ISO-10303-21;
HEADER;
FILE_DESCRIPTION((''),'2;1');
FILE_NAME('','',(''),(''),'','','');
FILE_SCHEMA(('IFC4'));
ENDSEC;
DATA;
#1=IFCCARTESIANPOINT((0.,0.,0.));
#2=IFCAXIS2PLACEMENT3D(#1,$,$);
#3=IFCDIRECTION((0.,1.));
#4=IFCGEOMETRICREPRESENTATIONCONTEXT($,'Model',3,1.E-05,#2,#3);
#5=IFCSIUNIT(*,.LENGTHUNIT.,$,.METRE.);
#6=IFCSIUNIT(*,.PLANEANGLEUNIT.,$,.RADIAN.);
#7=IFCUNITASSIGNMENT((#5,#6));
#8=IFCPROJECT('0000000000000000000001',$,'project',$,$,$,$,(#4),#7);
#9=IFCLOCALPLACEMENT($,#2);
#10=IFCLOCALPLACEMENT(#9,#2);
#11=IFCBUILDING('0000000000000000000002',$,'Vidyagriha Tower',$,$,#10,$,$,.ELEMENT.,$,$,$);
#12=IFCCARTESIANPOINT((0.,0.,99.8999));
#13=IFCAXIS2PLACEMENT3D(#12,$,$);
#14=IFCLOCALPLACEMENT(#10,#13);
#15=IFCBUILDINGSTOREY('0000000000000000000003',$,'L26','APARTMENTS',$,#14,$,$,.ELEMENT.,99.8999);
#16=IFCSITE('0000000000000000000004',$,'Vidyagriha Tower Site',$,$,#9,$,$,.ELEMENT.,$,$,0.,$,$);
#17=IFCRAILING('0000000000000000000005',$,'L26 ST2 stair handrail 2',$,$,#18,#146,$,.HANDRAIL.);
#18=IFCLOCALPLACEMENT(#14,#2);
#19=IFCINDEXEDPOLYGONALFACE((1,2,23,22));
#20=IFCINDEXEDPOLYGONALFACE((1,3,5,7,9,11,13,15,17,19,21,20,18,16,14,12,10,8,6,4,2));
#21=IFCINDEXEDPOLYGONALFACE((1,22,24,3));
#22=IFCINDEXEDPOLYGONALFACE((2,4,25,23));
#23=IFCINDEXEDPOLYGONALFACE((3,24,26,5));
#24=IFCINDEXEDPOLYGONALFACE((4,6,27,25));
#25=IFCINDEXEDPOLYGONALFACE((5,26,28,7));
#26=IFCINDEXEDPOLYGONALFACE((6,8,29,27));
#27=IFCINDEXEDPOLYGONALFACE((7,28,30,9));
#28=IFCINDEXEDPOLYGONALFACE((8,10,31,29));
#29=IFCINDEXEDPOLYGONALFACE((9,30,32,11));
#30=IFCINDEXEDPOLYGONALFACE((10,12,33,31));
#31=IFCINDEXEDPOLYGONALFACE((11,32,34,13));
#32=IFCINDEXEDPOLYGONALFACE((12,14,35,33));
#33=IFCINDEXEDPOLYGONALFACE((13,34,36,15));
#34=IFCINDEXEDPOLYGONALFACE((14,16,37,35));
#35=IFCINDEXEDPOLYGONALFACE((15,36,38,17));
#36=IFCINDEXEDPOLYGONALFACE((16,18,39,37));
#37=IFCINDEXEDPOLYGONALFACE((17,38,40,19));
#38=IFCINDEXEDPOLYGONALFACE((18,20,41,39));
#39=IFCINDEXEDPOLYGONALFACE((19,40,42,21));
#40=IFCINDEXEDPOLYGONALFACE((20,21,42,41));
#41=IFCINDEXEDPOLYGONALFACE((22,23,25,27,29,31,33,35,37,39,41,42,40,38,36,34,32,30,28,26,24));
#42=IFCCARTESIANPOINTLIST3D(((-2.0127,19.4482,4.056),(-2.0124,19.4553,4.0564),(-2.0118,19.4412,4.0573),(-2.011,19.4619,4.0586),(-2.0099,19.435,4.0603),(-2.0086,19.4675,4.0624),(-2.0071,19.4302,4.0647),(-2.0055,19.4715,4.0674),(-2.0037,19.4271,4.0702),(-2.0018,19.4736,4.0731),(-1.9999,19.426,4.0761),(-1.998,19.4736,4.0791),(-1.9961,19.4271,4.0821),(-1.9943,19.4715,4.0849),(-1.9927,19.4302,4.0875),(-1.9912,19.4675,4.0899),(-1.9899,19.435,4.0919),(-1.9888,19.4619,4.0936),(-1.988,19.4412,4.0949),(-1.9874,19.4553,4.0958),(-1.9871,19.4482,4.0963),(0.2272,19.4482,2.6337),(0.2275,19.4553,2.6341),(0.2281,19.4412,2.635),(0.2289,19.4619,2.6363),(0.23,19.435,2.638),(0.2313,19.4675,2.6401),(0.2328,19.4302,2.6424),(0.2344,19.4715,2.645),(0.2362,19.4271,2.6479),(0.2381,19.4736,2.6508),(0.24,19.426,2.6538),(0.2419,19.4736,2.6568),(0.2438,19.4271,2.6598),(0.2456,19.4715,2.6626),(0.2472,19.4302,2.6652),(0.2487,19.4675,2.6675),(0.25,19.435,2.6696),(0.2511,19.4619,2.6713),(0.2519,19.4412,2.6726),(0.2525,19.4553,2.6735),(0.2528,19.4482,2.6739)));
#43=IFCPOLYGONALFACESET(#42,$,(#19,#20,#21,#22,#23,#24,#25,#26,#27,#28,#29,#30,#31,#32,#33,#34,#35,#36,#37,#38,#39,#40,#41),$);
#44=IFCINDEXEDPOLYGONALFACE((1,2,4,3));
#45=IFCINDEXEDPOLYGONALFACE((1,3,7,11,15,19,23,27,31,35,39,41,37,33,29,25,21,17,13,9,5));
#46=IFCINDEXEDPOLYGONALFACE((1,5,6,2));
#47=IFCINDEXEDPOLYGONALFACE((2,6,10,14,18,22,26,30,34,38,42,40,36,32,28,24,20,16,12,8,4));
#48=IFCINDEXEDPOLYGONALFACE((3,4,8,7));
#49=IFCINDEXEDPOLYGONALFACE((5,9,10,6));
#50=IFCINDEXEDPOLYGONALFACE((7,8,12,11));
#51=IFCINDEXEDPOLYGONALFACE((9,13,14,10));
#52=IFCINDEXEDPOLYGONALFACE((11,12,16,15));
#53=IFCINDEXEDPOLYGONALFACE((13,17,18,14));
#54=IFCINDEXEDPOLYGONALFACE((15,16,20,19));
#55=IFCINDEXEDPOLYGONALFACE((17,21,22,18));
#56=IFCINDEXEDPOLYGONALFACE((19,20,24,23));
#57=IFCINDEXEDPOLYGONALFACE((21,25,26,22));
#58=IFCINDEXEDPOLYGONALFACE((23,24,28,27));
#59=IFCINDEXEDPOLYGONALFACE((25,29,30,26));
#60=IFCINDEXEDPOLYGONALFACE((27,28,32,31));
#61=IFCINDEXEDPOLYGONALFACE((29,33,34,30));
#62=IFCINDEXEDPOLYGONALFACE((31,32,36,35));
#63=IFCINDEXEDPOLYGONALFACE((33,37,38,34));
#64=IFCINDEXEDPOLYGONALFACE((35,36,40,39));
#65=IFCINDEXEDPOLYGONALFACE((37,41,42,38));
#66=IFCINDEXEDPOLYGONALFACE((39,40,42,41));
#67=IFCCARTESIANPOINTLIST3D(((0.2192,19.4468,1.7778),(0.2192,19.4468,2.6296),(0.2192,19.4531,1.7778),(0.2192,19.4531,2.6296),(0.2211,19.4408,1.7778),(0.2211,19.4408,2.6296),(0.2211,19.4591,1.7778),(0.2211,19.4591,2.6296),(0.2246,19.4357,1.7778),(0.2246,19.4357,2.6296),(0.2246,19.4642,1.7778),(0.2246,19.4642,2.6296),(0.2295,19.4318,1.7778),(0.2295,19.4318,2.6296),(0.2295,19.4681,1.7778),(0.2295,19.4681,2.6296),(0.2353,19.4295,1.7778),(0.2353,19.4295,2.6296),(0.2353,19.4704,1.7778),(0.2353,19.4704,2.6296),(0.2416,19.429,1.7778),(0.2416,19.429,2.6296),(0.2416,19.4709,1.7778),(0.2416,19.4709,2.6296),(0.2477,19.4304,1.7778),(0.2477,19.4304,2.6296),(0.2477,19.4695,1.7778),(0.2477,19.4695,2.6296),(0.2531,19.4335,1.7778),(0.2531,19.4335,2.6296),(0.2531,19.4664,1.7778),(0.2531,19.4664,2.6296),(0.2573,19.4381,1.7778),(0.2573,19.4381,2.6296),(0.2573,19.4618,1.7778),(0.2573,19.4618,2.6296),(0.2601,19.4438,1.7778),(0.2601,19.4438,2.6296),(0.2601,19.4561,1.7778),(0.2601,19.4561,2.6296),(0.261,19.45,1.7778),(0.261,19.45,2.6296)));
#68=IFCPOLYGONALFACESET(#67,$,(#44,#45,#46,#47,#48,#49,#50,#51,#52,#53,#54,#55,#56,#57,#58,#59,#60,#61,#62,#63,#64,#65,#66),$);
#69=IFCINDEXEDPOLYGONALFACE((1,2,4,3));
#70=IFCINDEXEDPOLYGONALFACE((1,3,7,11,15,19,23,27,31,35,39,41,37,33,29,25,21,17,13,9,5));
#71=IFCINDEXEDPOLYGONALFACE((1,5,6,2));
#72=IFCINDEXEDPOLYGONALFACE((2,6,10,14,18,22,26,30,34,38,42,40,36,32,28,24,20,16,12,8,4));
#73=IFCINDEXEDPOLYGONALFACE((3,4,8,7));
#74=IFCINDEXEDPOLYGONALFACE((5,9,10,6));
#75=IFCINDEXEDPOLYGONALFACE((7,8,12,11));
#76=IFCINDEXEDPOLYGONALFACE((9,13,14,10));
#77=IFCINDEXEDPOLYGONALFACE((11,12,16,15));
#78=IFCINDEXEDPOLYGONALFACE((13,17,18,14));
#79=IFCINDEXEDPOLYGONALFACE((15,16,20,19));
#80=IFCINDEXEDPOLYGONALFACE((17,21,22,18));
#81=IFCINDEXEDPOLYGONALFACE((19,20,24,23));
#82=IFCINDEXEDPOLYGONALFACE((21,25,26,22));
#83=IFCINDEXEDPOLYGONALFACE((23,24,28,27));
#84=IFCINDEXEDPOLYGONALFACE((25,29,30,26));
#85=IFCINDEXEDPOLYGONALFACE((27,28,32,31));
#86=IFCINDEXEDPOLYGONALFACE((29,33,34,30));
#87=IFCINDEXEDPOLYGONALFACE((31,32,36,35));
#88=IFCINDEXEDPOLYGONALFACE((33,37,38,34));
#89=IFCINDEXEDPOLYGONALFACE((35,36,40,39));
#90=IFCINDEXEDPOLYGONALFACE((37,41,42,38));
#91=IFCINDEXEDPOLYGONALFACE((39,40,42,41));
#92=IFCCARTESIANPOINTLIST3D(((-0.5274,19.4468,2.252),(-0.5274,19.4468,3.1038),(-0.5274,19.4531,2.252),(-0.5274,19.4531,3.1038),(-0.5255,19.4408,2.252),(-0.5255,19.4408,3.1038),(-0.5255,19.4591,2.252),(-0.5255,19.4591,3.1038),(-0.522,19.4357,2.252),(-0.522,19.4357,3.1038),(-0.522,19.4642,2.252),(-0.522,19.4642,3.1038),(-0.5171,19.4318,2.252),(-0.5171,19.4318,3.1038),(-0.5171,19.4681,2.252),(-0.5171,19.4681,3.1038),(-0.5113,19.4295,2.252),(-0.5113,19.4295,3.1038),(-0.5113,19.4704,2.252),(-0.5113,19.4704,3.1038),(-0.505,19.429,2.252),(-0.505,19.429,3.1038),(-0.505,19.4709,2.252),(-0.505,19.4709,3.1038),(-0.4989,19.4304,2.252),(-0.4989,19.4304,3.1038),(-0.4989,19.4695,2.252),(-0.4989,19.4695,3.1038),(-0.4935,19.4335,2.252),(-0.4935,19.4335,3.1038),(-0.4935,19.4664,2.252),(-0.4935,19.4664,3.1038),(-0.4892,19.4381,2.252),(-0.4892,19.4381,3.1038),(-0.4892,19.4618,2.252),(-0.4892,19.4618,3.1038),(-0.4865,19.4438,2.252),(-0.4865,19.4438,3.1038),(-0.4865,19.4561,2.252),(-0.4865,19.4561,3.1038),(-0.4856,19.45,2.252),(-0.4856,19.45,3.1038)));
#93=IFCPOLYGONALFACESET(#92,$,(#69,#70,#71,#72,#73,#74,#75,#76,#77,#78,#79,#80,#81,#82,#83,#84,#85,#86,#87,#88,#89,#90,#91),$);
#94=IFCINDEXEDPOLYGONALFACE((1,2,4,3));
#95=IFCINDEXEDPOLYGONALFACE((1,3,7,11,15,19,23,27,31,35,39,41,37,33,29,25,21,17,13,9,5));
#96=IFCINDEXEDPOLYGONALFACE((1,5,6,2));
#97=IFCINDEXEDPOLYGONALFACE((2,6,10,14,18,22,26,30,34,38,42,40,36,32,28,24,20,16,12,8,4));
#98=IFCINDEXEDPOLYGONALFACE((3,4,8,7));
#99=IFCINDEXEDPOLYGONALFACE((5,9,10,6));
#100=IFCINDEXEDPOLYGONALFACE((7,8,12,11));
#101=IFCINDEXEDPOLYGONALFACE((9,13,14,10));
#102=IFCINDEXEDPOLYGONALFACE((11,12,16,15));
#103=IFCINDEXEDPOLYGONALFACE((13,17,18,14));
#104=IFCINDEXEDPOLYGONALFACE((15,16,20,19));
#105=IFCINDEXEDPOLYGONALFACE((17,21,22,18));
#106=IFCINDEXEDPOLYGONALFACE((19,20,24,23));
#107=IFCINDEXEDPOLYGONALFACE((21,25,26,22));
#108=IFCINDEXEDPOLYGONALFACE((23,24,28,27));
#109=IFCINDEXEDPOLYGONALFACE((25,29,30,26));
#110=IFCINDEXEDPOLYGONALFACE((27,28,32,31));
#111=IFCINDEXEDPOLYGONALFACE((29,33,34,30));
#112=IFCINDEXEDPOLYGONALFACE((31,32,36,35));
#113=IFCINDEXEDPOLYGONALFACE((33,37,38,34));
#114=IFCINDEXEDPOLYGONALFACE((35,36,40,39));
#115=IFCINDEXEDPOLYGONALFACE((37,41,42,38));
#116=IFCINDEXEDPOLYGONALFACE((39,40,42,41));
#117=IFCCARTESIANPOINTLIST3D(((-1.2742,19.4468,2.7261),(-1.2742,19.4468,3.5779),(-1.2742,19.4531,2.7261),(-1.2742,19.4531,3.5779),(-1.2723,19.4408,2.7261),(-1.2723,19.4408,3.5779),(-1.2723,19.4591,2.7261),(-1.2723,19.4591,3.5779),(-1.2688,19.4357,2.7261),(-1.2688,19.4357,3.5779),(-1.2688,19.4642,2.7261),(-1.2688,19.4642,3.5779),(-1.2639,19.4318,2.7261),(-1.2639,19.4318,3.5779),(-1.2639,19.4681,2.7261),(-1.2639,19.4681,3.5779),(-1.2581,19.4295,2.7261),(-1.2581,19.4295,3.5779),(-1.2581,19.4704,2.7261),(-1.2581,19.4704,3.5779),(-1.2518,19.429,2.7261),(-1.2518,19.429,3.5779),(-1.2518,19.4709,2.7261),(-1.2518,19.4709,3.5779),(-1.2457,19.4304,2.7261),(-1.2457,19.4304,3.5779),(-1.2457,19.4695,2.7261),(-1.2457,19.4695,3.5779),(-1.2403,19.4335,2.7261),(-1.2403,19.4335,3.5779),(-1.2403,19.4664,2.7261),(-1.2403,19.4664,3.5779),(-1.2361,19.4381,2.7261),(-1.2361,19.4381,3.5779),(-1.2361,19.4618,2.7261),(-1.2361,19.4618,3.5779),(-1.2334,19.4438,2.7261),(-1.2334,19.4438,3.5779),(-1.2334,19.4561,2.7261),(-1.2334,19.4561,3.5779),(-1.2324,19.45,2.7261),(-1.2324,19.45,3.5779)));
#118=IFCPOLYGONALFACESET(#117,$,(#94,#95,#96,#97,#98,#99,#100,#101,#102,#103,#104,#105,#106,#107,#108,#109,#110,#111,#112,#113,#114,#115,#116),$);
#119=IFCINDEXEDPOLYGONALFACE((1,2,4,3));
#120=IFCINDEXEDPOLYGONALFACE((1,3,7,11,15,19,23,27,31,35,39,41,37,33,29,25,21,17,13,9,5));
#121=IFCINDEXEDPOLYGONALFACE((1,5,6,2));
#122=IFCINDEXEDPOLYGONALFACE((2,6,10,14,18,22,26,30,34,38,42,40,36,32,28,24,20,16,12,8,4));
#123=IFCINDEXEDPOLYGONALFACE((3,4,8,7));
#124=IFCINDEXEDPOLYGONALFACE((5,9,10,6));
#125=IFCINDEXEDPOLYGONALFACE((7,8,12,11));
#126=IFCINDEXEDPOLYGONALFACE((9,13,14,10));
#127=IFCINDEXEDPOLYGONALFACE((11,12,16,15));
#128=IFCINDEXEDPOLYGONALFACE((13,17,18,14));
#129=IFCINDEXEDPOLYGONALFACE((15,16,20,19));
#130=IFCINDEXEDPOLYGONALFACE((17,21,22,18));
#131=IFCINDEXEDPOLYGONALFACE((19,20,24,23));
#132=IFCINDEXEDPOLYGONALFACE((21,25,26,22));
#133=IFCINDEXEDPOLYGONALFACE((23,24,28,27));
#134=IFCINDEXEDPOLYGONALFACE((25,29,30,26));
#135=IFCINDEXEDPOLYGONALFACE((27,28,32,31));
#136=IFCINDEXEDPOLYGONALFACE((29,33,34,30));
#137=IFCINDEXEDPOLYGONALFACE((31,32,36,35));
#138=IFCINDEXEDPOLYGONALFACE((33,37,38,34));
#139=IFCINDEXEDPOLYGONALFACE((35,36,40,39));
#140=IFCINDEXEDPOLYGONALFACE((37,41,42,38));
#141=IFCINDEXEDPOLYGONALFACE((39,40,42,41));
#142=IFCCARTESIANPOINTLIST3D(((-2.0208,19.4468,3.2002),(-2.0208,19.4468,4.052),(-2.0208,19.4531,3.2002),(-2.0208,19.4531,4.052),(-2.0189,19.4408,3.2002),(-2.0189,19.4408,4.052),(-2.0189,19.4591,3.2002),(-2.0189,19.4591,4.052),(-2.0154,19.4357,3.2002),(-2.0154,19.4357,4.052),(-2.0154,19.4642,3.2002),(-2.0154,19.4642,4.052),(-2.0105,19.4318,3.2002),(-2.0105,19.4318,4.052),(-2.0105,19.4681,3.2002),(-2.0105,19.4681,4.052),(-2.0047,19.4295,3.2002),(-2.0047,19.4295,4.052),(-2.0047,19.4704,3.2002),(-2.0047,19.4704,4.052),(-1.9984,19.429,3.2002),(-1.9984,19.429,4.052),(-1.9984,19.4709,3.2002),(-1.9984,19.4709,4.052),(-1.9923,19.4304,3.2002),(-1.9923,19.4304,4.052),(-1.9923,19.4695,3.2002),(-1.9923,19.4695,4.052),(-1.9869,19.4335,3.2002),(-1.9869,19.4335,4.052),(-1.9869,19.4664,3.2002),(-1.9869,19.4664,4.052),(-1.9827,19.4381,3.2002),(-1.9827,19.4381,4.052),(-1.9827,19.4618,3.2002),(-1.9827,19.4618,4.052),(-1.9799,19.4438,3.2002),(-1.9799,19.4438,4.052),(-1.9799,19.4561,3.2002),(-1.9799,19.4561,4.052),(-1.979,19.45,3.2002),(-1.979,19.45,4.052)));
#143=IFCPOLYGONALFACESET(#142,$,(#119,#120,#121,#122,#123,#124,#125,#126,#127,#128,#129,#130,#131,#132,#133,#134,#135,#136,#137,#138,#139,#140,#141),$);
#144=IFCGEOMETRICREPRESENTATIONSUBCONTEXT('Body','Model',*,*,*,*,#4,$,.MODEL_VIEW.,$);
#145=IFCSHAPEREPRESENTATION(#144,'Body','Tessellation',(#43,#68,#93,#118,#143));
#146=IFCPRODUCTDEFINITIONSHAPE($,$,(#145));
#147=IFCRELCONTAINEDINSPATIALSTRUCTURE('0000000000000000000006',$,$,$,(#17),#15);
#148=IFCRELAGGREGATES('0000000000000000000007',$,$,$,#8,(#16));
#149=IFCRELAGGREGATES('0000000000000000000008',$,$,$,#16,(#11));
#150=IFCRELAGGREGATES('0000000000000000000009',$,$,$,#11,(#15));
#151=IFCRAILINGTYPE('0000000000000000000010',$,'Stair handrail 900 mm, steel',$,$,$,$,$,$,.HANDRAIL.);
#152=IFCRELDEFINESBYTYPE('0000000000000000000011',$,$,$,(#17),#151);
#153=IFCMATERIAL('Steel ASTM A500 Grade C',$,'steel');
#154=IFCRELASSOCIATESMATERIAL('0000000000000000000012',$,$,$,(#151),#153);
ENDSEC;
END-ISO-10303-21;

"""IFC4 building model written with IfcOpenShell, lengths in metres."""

from ifc_helpers import new_model, si_unit, direction, frame, origin, origin_2d, place, context, subcontext, project, spatial, circle, extrude, material, type_object, element, save


model = new_model("IFC4")

# Units and contexts
model_context = context("Model", 3, precision=1e-05, world=origin(), true_north=direction((0.0, 1.0)))
body_context = subcontext(model_context, "Body", "Model", "MODEL_VIEW")
ifc_project = project(units=[si_unit("LENGTHUNIT", "METRE"), si_unit("PLANEANGLEUNIT", "RADIAN")], contexts=[model_context])

# Site, building, storey
site_placement = place(None, origin())
site = spatial("IfcSite", under=ifc_project, at=site_placement, Name="Vidyagriha Tower Site", CompositionType="ELEMENT", RefElevation=0.0)
building_placement = place(site_placement, origin())
building = spatial("IfcBuilding", under=site, at=building_placement, Name="Vidyagriha Tower", CompositionType="ELEMENT")
storey_placement = place(building_placement, frame((0.0, 0.0, 99.8999)))
storey = spatial("IfcBuildingStorey", under=building, at=storey_placement, Name="L26", Description="APARTMENTS", CompositionType="ELEMENT", Elevation=99.8999)

# Railing
ifc_material_1 = material(Name="Steel ASTM A500 Grade C", Category="steel")
railing_type_1 = type_object("IfcRailingType", Name="Stair handrail 900 mm, steel", PredefinedType="HANDRAIL", material=ifc_material_1)
railing_1_placement = place(storey_placement, frame((0.24, 19.45, 1.7778)))
element("IfcRailing", 1, at=railing_1_placement, inside=storey, type_object=railing_type_1, Name="L26 ST2 stair handrail 2", PredefinedType="HANDRAIL", context=body_context, shape_type="SweptSolid", body=[
    extrude(circle(Radius=0.0239, at=origin_2d()), frame((0.0, 0.0, 0.876), z_axis=(-0.844188, 0.0, 0.536048), x_axis=(0.0, -1.0, 0.0)), (0.0, 0.0, 1.0), 2.6533),
    extrude(circle(Radius=0.021, at=origin_2d()), origin(), (0.0, 0.0, 1.0), 0.8518),
    extrude(circle(Radius=0.021, at=origin_2d()), frame((-0.7466, 0.0, 0.4741)), (0.0, 0.0, 1.0), 0.8518),
    extrude(circle(Radius=0.021, at=origin_2d()), frame((-1.4934, 0.0, 0.9482)), (0.0, 0.0, 1.0), 0.8518),
    extrude(circle(Radius=0.021, at=origin_2d()), frame((-2.24, 0.0, 1.4224)), (0.0, 0.0, 1.0), 0.8518),
])

save(model, "model.ifc")
